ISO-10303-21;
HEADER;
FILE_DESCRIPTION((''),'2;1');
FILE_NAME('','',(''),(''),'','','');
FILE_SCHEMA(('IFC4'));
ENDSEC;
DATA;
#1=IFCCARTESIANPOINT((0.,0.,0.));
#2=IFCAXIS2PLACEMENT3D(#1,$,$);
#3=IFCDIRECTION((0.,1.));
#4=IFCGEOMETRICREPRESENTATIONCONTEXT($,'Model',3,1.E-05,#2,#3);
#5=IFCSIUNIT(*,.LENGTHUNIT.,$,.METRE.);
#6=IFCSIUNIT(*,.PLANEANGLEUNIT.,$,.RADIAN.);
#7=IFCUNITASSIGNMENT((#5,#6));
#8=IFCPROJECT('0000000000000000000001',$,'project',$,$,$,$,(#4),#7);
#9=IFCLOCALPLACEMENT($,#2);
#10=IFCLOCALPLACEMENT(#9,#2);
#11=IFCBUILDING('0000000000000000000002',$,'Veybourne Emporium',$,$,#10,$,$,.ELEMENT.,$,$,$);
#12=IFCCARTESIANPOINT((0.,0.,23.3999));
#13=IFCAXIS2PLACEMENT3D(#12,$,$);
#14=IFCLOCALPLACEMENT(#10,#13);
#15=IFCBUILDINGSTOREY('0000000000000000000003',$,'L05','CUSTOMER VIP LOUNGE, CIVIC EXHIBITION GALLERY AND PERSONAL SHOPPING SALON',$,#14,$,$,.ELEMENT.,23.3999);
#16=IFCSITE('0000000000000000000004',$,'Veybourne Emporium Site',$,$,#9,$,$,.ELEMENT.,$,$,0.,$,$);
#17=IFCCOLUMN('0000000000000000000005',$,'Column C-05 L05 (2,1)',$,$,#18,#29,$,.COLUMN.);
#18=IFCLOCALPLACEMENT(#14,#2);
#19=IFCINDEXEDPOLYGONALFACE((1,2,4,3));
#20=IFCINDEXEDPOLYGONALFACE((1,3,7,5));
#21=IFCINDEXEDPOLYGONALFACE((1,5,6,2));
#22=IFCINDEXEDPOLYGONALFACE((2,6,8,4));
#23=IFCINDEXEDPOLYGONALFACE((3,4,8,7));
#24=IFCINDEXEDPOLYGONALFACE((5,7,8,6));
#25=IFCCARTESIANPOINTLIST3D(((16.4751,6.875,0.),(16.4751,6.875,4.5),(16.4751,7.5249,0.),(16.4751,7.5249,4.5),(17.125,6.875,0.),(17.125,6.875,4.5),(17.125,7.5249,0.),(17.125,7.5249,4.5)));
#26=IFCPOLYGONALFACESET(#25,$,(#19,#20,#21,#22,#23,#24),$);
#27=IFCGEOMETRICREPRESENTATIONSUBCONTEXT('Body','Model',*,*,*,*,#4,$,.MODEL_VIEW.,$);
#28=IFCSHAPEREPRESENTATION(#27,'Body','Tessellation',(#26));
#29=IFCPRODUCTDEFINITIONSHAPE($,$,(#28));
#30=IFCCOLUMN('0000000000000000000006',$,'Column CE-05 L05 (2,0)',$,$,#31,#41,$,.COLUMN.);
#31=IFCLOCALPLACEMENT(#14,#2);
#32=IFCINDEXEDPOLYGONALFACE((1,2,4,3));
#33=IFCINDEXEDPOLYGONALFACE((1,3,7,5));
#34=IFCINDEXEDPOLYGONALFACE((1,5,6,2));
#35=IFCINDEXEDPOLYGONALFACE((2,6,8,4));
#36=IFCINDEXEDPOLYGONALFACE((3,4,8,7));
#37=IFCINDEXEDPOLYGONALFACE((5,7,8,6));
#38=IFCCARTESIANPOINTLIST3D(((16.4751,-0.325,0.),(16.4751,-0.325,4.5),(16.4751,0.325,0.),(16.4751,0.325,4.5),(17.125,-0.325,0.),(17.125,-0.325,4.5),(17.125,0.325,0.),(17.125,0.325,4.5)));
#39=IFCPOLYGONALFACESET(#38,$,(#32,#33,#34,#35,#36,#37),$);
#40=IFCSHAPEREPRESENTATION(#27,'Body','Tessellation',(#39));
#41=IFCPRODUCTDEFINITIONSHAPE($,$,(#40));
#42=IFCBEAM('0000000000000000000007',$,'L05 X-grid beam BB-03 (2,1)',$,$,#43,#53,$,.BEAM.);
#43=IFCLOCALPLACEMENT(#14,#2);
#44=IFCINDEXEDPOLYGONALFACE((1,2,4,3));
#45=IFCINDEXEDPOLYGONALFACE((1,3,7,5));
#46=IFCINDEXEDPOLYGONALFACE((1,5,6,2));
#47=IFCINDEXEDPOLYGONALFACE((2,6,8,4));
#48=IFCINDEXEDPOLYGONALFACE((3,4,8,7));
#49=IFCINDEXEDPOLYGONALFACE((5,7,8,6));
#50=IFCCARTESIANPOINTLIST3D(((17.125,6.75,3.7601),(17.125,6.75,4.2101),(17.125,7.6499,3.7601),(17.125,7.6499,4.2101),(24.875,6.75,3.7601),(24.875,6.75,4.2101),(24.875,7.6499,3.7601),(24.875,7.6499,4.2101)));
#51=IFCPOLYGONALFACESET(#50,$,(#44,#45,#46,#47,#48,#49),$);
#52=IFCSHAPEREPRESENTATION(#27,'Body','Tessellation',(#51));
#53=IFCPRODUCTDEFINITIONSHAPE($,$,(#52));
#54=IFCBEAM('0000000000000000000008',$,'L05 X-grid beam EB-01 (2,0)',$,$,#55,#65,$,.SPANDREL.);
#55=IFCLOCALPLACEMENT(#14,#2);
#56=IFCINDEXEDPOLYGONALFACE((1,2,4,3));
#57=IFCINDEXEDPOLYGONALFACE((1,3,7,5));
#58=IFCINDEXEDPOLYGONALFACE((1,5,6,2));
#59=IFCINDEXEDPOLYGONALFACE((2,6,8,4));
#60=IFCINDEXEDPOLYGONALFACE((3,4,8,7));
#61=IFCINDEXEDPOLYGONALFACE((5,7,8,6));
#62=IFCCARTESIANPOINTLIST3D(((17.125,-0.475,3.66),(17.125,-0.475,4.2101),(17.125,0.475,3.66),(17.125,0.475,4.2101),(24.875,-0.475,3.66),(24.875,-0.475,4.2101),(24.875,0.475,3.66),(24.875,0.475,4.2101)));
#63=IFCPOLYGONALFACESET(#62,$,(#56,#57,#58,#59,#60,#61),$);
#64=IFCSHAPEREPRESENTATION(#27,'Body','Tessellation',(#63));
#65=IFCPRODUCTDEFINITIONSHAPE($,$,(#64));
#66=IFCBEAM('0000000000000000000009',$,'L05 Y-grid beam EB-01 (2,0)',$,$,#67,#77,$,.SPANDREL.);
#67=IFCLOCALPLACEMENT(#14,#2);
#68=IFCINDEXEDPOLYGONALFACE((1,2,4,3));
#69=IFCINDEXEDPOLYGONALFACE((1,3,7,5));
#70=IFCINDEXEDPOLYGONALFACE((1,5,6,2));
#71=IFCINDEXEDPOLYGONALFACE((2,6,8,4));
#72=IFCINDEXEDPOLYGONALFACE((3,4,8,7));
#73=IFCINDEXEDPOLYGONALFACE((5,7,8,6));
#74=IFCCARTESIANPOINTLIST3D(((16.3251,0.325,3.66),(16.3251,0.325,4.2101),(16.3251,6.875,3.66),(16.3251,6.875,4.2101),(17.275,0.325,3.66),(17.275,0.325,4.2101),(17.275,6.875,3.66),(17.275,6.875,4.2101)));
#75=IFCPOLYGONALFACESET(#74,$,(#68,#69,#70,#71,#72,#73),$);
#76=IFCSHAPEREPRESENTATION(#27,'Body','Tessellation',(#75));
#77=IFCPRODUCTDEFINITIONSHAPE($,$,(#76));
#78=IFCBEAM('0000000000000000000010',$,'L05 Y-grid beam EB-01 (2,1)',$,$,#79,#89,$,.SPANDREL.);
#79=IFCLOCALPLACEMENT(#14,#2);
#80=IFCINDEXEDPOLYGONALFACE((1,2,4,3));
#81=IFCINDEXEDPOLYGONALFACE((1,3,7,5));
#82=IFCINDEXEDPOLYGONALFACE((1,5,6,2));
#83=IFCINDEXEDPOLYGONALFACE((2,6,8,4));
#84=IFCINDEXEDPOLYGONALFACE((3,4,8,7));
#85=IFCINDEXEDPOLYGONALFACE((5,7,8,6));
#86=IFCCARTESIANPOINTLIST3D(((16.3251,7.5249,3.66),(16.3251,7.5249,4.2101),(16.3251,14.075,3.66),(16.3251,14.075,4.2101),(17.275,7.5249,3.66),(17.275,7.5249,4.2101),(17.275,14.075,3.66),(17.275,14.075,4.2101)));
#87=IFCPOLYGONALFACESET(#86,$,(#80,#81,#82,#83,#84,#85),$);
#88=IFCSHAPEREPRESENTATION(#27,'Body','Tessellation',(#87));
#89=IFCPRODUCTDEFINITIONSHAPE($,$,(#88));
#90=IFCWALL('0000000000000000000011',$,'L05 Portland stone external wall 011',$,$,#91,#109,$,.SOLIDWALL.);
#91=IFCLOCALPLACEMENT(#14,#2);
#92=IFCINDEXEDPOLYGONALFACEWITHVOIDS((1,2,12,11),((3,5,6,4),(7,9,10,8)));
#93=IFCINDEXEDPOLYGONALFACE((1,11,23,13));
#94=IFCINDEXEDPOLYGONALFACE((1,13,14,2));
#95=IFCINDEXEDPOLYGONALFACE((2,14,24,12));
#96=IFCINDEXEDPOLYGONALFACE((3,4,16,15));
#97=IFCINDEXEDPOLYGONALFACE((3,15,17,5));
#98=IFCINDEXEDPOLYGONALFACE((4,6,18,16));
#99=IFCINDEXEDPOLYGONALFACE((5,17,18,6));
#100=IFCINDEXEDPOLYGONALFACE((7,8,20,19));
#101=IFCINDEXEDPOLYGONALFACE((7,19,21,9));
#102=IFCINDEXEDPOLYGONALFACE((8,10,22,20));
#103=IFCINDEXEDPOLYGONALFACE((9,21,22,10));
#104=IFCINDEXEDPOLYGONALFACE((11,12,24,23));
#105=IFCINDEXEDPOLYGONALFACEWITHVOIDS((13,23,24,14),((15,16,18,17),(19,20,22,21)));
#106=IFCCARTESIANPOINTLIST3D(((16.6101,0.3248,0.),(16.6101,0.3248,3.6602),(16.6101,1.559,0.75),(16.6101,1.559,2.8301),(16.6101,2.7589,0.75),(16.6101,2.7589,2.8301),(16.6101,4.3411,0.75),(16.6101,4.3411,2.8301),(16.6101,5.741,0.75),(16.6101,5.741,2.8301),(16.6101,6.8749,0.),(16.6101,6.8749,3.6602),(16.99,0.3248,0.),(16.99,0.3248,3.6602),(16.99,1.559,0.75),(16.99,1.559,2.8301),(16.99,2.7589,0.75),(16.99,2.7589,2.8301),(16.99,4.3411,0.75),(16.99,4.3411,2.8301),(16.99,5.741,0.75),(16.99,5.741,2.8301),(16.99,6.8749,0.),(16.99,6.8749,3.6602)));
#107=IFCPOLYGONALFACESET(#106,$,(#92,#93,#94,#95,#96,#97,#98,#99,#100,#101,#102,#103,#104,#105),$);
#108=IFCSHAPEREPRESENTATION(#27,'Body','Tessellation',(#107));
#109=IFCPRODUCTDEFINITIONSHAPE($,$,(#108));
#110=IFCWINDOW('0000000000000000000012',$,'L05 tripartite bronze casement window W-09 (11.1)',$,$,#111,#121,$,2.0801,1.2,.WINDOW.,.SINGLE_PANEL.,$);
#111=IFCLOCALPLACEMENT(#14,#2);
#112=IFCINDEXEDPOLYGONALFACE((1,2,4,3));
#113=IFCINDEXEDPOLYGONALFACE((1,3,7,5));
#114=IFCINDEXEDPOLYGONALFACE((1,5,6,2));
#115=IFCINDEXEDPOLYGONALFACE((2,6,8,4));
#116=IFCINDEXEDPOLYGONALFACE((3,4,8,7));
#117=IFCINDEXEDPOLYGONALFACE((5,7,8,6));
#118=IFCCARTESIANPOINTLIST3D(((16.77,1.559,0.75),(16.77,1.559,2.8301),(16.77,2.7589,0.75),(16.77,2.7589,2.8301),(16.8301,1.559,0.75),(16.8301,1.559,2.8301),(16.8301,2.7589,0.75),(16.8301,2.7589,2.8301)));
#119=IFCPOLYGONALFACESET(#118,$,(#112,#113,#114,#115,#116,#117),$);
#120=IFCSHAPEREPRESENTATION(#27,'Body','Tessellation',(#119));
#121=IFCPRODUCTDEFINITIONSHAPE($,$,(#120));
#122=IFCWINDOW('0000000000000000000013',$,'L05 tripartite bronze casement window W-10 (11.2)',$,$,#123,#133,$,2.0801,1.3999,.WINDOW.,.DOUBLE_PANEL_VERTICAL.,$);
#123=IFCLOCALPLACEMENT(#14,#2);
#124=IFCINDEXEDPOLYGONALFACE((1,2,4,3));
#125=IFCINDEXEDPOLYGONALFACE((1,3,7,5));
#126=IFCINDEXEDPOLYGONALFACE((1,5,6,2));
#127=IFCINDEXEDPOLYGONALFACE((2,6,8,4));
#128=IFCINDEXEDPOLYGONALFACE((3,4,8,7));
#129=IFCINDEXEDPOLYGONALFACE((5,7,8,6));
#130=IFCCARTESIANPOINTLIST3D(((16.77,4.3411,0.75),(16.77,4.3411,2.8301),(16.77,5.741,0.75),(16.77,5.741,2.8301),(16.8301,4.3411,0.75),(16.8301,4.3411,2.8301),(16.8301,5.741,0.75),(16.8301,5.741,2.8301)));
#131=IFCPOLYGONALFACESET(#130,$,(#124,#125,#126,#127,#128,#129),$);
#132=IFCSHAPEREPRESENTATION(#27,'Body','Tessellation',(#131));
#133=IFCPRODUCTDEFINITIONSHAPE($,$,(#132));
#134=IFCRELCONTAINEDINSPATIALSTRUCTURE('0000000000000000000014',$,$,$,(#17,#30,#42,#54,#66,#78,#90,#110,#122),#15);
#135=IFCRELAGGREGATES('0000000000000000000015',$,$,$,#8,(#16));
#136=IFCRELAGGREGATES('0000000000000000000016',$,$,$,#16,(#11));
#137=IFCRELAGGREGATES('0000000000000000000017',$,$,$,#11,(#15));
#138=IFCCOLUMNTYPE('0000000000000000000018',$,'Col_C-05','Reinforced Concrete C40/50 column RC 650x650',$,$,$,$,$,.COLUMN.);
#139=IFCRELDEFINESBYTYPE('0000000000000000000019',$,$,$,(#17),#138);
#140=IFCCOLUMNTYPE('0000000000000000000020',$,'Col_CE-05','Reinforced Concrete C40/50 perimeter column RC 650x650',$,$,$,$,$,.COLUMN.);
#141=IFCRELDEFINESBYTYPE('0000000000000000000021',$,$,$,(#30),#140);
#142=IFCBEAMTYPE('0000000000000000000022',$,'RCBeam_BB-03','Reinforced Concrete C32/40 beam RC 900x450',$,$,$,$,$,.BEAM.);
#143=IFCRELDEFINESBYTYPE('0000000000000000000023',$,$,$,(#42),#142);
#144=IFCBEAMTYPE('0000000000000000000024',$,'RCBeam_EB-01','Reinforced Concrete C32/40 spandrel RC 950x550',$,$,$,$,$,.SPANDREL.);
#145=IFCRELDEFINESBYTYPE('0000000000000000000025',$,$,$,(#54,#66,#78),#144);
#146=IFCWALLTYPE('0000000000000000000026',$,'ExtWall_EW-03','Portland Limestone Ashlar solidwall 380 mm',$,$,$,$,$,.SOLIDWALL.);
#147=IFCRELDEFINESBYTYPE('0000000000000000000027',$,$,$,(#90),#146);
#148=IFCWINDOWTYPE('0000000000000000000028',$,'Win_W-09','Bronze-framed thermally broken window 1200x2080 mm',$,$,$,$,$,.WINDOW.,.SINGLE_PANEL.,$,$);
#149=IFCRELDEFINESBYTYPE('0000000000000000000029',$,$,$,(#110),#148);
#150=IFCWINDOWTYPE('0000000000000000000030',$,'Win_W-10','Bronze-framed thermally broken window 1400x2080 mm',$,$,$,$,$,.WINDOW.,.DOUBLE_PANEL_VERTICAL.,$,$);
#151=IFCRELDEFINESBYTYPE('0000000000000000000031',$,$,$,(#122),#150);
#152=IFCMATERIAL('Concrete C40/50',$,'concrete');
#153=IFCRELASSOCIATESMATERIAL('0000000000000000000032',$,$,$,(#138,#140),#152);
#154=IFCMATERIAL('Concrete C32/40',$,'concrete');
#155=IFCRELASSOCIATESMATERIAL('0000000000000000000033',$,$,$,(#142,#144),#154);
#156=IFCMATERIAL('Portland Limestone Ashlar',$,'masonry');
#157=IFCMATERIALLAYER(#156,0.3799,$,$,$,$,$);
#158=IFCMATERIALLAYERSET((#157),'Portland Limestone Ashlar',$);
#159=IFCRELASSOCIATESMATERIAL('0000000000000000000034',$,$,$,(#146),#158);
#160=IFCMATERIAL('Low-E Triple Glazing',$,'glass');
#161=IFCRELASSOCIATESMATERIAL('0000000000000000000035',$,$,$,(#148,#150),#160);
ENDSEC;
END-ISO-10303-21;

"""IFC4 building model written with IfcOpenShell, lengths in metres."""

from ifc_helpers import new_model, si_unit, direction, frame, frame_2d, origin, origin_2d, place, context, subcontext, project, spatial, rectangle, extrude, material, layer, layer_set, material_profile, profile_set, type_object, element, fill, save


model = new_model("IFC4")

# Units and contexts
model_context = context("Model", 3, precision=1e-05, world=origin(), true_north=direction((0.0, 1.0)))
body_context = subcontext(model_context, "Body", "Model", "MODEL_VIEW")
ifc_project = project(units=[si_unit("LENGTHUNIT", "METRE"), si_unit("PLANEANGLEUNIT", "RADIAN")], contexts=[model_context])

# Site, building, storey
site_placement = place(None, origin())
site = spatial("IfcSite", under=ifc_project, at=site_placement, Name="Veybourne Emporium Site", CompositionType="ELEMENT", RefElevation=0.0)
building_placement = place(site_placement, origin())
building = spatial("IfcBuilding", under=site, at=building_placement, Name="Veybourne Emporium", CompositionType="ELEMENT")
storey_placement = place(building_placement, frame((0.0, 0.0, 23.3999)))
storey = spatial("IfcBuildingStorey", under=building, at=storey_placement, Name="L05", Description="CUSTOMER VIP LOUNGE, CIVIC EXHIBITION GALLERY AND PERSONAL SHOPPING SALON", CompositionType="ELEMENT", Elevation=23.3999)

# Columns
ifc_material_1 = material(Name="Concrete C40/50", Category="concrete")
ifc_material_profile_1 = material_profile(ifc_material_1, rectangle(XDim=0.6499, YDim=0.6499, at=origin_2d()), Name="RC 650x650")
ifc_profile_set_1 = profile_set([ifc_material_profile_1], Name="Concrete C40/50")
column_type_1 = type_object("IfcColumnType", Name="Col_C-05", Description="Reinforced Concrete C40/50 column RC 650x650", PredefinedType="COLUMN", material=ifc_profile_set_1)
column_1_placement = place(storey_placement, frame((16.8, 7.2, 0.0), z_axis=(0.0, 0.0, 1.0), x_axis=(1.0, 0.0, 0.0)))
element("IfcColumn", 1, at=column_1_placement, inside=storey, type_object=column_type_1, Name="Column C-05 L05 (2,1)", PredefinedType="COLUMN", context=body_context, shape_type="SweptSolid", body=[
    extrude(rectangle(XDim=0.6499, YDim=0.6499, at=origin_2d()), origin(), (0.0, 0.0, 1.0), 4.5),
])
ifc_material_profile_2 = material_profile(ifc_material_1, rectangle(XDim=0.6499, YDim=0.6499, at=origin_2d()), Name="RC 650x650")
ifc_profile_set_2 = profile_set([ifc_material_profile_2], Name="Concrete C40/50")
column_type_2 = type_object("IfcColumnType", Name="Col_CE-05", Description="Reinforced Concrete C40/50 perimeter column RC 650x650", PredefinedType="COLUMN", material=ifc_profile_set_2)
column_2_placement = place(storey_placement, frame((16.8, 0.0, 0.0), z_axis=(0.0, 0.0, 1.0), x_axis=(1.0, 0.0, 0.0)))
element("IfcColumn", 2, at=column_2_placement, inside=storey, type_object=column_type_2, Name="Column CE-05 L05 (2,0)", PredefinedType="COLUMN", context=body_context, shape_type="SweptSolid", body=[
    extrude(rectangle(XDim=0.6499, YDim=0.6499, at=origin_2d()), origin(), (0.0, 0.0, 1.0), 4.5),
])

# Beams
ifc_material_2 = material(Name="Concrete C32/40", Category="concrete")
ifc_material_profile_3 = material_profile(ifc_material_2, rectangle(XDim=0.8999, YDim=0.45, at=origin_2d()), Name="RC 900x450")
ifc_profile_set_3 = profile_set([ifc_material_profile_3], Name="Concrete C32/40")
beam_type_1 = type_object("IfcBeamType", Name="RCBeam_BB-03", Description="Reinforced Concrete C32/40 beam RC 900x450", PredefinedType="BEAM", material=ifc_profile_set_3)
beam_1_placement = place(storey_placement, frame((17.125, 7.2, 3.9851), z_axis=(1.0, 0.0, 0.0), x_axis=(0.0, 1.0, 0.0)))
element("IfcBeam", 3, at=beam_1_placement, inside=storey, type_object=beam_type_1, Name="L05 X-grid beam BB-03 (2,1)", PredefinedType="BEAM", context=body_context, shape_type="SweptSolid", body=[
    extrude(rectangle(XDim=0.8999, YDim=0.45, at=origin_2d()), origin(), (0.0, 0.0, 1.0), 7.75),
])
ifc_material_profile_4 = material_profile(ifc_material_2, rectangle(XDim=0.95, YDim=0.55, at=origin_2d()), Name="RC 950x550")
ifc_profile_set_4 = profile_set([ifc_material_profile_4], Name="Concrete C32/40")
beam_type_2 = type_object("IfcBeamType", Name="RCBeam_EB-01", Description="Reinforced Concrete C32/40 spandrel RC 950x550", PredefinedType="SPANDREL", material=ifc_profile_set_4)
beam_2_placement = place(storey_placement, frame((17.125, 0.0, 3.9351), z_axis=(1.0, 0.0, 0.0), x_axis=(0.0, 1.0, 0.0)))
element("IfcBeam", 4, at=beam_2_placement, inside=storey, type_object=beam_type_2, Name="L05 X-grid beam EB-01 (2,0)", PredefinedType="SPANDREL", context=body_context, shape_type="SweptSolid", body=[
    extrude(rectangle(XDim=0.95, YDim=0.55, at=origin_2d()), origin(), (0.0, 0.0, 1.0), 7.75),
])
for number, where, z_axis, x_axis, name in (
    (5, (16.8, 0.325, 3.9351), (0.0, 1.0, 0.0), (-1.0, 0.0, 0.0), "L05 Y-grid beam EB-01 (2,0)"),
    (6, (16.8, 7.5249, 3.9351), (0.0, 1.0, 0.0), (-1.0, 0.0, 0.0), "L05 Y-grid beam EB-01 (2,1)"),
):
    element("IfcBeam", number, at=place(storey_placement, frame(where, z_axis=z_axis, x_axis=x_axis)), inside=storey, type_object=beam_type_2, Name=name, PredefinedType="SPANDREL", context=body_context, shape_type="SweptSolid", body=[
        extrude(rectangle(XDim=0.95, YDim=0.55, at=origin_2d()), origin(), (0.0, 0.0, 1.0), 6.55),
    ])

# Wall, openings, windows
ifc_material_3 = material(Name="Portland Limestone Ashlar", Category="masonry")
ifc_layer_1 = layer(ifc_material_3, 0.3799)
ifc_layer_set_1 = layer_set([ifc_layer_1], Name="Portland Limestone Ashlar")
wall_type_1 = type_object("IfcWallType", Name="ExtWall_EW-03", Description="Portland Limestone Ashlar solidwall 380 mm", PredefinedType="SOLIDWALL", material=ifc_layer_set_1)
wall_1_placement = place(storey_placement, frame((16.8, 0.325, 0.0), z_axis=(0.0, 0.0, 1.0), x_axis=(0.0, 1.0, 0.0)))
wall_1 = element("IfcWall", 7, at=wall_1_placement, inside=storey, type_object=wall_type_1, Name="L05 Portland stone external wall 011", PredefinedType="SOLIDWALL", context=body_context, shape_type="SweptSolid", body=[
    extrude(rectangle(XDim=6.55, YDim=0.3799, at=frame_2d((3.2749, 0.0))), origin(), (0.0, 0.0, 1.0), 3.6602),
])
opening_1_placement = place(wall_1_placement, frame((1.2339, 0.0, 0.75)))
opening_1 = element("IfcOpeningElement", 8, at=opening_1_placement, cuts=wall_1, PredefinedType="OPENING", context=body_context, shape_type="SweptSolid", body=[
    extrude(rectangle(XDim=1.2, YDim=2.0801, at=frame_2d((0.6001, 1.04))), frame((0.0, 0.21, 0.0), z_axis=(0.0, -1.0, 0.0), x_axis=(1.0, 0.0, 0.0)), (0.0, 0.0, 1.0), 0.4199),
])
opening_2_placement = place(wall_1_placement, frame((4.0161, 0.0, 0.75)))
opening_2 = element("IfcOpeningElement", 9, at=opening_2_placement, cuts=wall_1, PredefinedType="OPENING", context=body_context, shape_type="SweptSolid", body=[
    extrude(rectangle(XDim=1.3999, YDim=2.0801, at=frame_2d((0.7, 1.04))), frame((0.0, 0.21, 0.0), z_axis=(0.0, -1.0, 0.0), x_axis=(1.0, 0.0, 0.0)), (0.0, 0.0, 1.0), 0.4199),
])
ifc_material_4 = material(Name="Low-E Triple Glazing", Category="glass")
window_type_1 = type_object("IfcWindowType", Name="Win_W-09", Description="Bronze-framed thermally broken window 1200x2080 mm", PartitioningType="SINGLE_PANEL", PredefinedType="WINDOW", material=ifc_material_4)
window_1_placement = place(opening_1_placement, origin())
window_1 = element("IfcWindow", 10, at=window_1_placement, inside=storey, type_object=window_type_1, Name="L05 tripartite bronze casement window W-09 (11.1)", OverallHeight=2.0801, OverallWidth=1.2, PartitioningType="SINGLE_PANEL", PredefinedType="WINDOW", context=body_context, shape_type="SweptSolid", body=[
    extrude(rectangle(XDim=1.2, YDim=2.0801, at=frame_2d((0.6001, 1.04))), frame((0.0, 0.03, 0.0), z_axis=(0.0, -1.0, 0.0), x_axis=(1.0, 0.0, 0.0)), (0.0, 0.0, 1.0), 0.0601),
])
fill(opening_1, window_1)
window_type_2 = type_object("IfcWindowType", Name="Win_W-10", Description="Bronze-framed thermally broken window 1400x2080 mm", PartitioningType="DOUBLE_PANEL_VERTICAL", PredefinedType="WINDOW", material=ifc_material_4)
window_2_placement = place(opening_2_placement, origin())
window_2 = element("IfcWindow", 11, at=window_2_placement, inside=storey, type_object=window_type_2, Name="L05 tripartite bronze casement window W-10 (11.2)", OverallHeight=2.0801, OverallWidth=1.3999, PartitioningType="DOUBLE_PANEL_VERTICAL", PredefinedType="WINDOW", context=body_context, shape_type="SweptSolid", body=[
    extrude(rectangle(XDim=1.3999, YDim=2.0801, at=frame_2d((0.7, 1.04))), frame((0.0, 0.03, 0.0), z_axis=(0.0, -1.0, 0.0), x_axis=(1.0, 0.0, 0.0)), (0.0, 0.0, 1.0), 0.0601),
])
fill(opening_2, window_2)

save(model, "model.ifc")
